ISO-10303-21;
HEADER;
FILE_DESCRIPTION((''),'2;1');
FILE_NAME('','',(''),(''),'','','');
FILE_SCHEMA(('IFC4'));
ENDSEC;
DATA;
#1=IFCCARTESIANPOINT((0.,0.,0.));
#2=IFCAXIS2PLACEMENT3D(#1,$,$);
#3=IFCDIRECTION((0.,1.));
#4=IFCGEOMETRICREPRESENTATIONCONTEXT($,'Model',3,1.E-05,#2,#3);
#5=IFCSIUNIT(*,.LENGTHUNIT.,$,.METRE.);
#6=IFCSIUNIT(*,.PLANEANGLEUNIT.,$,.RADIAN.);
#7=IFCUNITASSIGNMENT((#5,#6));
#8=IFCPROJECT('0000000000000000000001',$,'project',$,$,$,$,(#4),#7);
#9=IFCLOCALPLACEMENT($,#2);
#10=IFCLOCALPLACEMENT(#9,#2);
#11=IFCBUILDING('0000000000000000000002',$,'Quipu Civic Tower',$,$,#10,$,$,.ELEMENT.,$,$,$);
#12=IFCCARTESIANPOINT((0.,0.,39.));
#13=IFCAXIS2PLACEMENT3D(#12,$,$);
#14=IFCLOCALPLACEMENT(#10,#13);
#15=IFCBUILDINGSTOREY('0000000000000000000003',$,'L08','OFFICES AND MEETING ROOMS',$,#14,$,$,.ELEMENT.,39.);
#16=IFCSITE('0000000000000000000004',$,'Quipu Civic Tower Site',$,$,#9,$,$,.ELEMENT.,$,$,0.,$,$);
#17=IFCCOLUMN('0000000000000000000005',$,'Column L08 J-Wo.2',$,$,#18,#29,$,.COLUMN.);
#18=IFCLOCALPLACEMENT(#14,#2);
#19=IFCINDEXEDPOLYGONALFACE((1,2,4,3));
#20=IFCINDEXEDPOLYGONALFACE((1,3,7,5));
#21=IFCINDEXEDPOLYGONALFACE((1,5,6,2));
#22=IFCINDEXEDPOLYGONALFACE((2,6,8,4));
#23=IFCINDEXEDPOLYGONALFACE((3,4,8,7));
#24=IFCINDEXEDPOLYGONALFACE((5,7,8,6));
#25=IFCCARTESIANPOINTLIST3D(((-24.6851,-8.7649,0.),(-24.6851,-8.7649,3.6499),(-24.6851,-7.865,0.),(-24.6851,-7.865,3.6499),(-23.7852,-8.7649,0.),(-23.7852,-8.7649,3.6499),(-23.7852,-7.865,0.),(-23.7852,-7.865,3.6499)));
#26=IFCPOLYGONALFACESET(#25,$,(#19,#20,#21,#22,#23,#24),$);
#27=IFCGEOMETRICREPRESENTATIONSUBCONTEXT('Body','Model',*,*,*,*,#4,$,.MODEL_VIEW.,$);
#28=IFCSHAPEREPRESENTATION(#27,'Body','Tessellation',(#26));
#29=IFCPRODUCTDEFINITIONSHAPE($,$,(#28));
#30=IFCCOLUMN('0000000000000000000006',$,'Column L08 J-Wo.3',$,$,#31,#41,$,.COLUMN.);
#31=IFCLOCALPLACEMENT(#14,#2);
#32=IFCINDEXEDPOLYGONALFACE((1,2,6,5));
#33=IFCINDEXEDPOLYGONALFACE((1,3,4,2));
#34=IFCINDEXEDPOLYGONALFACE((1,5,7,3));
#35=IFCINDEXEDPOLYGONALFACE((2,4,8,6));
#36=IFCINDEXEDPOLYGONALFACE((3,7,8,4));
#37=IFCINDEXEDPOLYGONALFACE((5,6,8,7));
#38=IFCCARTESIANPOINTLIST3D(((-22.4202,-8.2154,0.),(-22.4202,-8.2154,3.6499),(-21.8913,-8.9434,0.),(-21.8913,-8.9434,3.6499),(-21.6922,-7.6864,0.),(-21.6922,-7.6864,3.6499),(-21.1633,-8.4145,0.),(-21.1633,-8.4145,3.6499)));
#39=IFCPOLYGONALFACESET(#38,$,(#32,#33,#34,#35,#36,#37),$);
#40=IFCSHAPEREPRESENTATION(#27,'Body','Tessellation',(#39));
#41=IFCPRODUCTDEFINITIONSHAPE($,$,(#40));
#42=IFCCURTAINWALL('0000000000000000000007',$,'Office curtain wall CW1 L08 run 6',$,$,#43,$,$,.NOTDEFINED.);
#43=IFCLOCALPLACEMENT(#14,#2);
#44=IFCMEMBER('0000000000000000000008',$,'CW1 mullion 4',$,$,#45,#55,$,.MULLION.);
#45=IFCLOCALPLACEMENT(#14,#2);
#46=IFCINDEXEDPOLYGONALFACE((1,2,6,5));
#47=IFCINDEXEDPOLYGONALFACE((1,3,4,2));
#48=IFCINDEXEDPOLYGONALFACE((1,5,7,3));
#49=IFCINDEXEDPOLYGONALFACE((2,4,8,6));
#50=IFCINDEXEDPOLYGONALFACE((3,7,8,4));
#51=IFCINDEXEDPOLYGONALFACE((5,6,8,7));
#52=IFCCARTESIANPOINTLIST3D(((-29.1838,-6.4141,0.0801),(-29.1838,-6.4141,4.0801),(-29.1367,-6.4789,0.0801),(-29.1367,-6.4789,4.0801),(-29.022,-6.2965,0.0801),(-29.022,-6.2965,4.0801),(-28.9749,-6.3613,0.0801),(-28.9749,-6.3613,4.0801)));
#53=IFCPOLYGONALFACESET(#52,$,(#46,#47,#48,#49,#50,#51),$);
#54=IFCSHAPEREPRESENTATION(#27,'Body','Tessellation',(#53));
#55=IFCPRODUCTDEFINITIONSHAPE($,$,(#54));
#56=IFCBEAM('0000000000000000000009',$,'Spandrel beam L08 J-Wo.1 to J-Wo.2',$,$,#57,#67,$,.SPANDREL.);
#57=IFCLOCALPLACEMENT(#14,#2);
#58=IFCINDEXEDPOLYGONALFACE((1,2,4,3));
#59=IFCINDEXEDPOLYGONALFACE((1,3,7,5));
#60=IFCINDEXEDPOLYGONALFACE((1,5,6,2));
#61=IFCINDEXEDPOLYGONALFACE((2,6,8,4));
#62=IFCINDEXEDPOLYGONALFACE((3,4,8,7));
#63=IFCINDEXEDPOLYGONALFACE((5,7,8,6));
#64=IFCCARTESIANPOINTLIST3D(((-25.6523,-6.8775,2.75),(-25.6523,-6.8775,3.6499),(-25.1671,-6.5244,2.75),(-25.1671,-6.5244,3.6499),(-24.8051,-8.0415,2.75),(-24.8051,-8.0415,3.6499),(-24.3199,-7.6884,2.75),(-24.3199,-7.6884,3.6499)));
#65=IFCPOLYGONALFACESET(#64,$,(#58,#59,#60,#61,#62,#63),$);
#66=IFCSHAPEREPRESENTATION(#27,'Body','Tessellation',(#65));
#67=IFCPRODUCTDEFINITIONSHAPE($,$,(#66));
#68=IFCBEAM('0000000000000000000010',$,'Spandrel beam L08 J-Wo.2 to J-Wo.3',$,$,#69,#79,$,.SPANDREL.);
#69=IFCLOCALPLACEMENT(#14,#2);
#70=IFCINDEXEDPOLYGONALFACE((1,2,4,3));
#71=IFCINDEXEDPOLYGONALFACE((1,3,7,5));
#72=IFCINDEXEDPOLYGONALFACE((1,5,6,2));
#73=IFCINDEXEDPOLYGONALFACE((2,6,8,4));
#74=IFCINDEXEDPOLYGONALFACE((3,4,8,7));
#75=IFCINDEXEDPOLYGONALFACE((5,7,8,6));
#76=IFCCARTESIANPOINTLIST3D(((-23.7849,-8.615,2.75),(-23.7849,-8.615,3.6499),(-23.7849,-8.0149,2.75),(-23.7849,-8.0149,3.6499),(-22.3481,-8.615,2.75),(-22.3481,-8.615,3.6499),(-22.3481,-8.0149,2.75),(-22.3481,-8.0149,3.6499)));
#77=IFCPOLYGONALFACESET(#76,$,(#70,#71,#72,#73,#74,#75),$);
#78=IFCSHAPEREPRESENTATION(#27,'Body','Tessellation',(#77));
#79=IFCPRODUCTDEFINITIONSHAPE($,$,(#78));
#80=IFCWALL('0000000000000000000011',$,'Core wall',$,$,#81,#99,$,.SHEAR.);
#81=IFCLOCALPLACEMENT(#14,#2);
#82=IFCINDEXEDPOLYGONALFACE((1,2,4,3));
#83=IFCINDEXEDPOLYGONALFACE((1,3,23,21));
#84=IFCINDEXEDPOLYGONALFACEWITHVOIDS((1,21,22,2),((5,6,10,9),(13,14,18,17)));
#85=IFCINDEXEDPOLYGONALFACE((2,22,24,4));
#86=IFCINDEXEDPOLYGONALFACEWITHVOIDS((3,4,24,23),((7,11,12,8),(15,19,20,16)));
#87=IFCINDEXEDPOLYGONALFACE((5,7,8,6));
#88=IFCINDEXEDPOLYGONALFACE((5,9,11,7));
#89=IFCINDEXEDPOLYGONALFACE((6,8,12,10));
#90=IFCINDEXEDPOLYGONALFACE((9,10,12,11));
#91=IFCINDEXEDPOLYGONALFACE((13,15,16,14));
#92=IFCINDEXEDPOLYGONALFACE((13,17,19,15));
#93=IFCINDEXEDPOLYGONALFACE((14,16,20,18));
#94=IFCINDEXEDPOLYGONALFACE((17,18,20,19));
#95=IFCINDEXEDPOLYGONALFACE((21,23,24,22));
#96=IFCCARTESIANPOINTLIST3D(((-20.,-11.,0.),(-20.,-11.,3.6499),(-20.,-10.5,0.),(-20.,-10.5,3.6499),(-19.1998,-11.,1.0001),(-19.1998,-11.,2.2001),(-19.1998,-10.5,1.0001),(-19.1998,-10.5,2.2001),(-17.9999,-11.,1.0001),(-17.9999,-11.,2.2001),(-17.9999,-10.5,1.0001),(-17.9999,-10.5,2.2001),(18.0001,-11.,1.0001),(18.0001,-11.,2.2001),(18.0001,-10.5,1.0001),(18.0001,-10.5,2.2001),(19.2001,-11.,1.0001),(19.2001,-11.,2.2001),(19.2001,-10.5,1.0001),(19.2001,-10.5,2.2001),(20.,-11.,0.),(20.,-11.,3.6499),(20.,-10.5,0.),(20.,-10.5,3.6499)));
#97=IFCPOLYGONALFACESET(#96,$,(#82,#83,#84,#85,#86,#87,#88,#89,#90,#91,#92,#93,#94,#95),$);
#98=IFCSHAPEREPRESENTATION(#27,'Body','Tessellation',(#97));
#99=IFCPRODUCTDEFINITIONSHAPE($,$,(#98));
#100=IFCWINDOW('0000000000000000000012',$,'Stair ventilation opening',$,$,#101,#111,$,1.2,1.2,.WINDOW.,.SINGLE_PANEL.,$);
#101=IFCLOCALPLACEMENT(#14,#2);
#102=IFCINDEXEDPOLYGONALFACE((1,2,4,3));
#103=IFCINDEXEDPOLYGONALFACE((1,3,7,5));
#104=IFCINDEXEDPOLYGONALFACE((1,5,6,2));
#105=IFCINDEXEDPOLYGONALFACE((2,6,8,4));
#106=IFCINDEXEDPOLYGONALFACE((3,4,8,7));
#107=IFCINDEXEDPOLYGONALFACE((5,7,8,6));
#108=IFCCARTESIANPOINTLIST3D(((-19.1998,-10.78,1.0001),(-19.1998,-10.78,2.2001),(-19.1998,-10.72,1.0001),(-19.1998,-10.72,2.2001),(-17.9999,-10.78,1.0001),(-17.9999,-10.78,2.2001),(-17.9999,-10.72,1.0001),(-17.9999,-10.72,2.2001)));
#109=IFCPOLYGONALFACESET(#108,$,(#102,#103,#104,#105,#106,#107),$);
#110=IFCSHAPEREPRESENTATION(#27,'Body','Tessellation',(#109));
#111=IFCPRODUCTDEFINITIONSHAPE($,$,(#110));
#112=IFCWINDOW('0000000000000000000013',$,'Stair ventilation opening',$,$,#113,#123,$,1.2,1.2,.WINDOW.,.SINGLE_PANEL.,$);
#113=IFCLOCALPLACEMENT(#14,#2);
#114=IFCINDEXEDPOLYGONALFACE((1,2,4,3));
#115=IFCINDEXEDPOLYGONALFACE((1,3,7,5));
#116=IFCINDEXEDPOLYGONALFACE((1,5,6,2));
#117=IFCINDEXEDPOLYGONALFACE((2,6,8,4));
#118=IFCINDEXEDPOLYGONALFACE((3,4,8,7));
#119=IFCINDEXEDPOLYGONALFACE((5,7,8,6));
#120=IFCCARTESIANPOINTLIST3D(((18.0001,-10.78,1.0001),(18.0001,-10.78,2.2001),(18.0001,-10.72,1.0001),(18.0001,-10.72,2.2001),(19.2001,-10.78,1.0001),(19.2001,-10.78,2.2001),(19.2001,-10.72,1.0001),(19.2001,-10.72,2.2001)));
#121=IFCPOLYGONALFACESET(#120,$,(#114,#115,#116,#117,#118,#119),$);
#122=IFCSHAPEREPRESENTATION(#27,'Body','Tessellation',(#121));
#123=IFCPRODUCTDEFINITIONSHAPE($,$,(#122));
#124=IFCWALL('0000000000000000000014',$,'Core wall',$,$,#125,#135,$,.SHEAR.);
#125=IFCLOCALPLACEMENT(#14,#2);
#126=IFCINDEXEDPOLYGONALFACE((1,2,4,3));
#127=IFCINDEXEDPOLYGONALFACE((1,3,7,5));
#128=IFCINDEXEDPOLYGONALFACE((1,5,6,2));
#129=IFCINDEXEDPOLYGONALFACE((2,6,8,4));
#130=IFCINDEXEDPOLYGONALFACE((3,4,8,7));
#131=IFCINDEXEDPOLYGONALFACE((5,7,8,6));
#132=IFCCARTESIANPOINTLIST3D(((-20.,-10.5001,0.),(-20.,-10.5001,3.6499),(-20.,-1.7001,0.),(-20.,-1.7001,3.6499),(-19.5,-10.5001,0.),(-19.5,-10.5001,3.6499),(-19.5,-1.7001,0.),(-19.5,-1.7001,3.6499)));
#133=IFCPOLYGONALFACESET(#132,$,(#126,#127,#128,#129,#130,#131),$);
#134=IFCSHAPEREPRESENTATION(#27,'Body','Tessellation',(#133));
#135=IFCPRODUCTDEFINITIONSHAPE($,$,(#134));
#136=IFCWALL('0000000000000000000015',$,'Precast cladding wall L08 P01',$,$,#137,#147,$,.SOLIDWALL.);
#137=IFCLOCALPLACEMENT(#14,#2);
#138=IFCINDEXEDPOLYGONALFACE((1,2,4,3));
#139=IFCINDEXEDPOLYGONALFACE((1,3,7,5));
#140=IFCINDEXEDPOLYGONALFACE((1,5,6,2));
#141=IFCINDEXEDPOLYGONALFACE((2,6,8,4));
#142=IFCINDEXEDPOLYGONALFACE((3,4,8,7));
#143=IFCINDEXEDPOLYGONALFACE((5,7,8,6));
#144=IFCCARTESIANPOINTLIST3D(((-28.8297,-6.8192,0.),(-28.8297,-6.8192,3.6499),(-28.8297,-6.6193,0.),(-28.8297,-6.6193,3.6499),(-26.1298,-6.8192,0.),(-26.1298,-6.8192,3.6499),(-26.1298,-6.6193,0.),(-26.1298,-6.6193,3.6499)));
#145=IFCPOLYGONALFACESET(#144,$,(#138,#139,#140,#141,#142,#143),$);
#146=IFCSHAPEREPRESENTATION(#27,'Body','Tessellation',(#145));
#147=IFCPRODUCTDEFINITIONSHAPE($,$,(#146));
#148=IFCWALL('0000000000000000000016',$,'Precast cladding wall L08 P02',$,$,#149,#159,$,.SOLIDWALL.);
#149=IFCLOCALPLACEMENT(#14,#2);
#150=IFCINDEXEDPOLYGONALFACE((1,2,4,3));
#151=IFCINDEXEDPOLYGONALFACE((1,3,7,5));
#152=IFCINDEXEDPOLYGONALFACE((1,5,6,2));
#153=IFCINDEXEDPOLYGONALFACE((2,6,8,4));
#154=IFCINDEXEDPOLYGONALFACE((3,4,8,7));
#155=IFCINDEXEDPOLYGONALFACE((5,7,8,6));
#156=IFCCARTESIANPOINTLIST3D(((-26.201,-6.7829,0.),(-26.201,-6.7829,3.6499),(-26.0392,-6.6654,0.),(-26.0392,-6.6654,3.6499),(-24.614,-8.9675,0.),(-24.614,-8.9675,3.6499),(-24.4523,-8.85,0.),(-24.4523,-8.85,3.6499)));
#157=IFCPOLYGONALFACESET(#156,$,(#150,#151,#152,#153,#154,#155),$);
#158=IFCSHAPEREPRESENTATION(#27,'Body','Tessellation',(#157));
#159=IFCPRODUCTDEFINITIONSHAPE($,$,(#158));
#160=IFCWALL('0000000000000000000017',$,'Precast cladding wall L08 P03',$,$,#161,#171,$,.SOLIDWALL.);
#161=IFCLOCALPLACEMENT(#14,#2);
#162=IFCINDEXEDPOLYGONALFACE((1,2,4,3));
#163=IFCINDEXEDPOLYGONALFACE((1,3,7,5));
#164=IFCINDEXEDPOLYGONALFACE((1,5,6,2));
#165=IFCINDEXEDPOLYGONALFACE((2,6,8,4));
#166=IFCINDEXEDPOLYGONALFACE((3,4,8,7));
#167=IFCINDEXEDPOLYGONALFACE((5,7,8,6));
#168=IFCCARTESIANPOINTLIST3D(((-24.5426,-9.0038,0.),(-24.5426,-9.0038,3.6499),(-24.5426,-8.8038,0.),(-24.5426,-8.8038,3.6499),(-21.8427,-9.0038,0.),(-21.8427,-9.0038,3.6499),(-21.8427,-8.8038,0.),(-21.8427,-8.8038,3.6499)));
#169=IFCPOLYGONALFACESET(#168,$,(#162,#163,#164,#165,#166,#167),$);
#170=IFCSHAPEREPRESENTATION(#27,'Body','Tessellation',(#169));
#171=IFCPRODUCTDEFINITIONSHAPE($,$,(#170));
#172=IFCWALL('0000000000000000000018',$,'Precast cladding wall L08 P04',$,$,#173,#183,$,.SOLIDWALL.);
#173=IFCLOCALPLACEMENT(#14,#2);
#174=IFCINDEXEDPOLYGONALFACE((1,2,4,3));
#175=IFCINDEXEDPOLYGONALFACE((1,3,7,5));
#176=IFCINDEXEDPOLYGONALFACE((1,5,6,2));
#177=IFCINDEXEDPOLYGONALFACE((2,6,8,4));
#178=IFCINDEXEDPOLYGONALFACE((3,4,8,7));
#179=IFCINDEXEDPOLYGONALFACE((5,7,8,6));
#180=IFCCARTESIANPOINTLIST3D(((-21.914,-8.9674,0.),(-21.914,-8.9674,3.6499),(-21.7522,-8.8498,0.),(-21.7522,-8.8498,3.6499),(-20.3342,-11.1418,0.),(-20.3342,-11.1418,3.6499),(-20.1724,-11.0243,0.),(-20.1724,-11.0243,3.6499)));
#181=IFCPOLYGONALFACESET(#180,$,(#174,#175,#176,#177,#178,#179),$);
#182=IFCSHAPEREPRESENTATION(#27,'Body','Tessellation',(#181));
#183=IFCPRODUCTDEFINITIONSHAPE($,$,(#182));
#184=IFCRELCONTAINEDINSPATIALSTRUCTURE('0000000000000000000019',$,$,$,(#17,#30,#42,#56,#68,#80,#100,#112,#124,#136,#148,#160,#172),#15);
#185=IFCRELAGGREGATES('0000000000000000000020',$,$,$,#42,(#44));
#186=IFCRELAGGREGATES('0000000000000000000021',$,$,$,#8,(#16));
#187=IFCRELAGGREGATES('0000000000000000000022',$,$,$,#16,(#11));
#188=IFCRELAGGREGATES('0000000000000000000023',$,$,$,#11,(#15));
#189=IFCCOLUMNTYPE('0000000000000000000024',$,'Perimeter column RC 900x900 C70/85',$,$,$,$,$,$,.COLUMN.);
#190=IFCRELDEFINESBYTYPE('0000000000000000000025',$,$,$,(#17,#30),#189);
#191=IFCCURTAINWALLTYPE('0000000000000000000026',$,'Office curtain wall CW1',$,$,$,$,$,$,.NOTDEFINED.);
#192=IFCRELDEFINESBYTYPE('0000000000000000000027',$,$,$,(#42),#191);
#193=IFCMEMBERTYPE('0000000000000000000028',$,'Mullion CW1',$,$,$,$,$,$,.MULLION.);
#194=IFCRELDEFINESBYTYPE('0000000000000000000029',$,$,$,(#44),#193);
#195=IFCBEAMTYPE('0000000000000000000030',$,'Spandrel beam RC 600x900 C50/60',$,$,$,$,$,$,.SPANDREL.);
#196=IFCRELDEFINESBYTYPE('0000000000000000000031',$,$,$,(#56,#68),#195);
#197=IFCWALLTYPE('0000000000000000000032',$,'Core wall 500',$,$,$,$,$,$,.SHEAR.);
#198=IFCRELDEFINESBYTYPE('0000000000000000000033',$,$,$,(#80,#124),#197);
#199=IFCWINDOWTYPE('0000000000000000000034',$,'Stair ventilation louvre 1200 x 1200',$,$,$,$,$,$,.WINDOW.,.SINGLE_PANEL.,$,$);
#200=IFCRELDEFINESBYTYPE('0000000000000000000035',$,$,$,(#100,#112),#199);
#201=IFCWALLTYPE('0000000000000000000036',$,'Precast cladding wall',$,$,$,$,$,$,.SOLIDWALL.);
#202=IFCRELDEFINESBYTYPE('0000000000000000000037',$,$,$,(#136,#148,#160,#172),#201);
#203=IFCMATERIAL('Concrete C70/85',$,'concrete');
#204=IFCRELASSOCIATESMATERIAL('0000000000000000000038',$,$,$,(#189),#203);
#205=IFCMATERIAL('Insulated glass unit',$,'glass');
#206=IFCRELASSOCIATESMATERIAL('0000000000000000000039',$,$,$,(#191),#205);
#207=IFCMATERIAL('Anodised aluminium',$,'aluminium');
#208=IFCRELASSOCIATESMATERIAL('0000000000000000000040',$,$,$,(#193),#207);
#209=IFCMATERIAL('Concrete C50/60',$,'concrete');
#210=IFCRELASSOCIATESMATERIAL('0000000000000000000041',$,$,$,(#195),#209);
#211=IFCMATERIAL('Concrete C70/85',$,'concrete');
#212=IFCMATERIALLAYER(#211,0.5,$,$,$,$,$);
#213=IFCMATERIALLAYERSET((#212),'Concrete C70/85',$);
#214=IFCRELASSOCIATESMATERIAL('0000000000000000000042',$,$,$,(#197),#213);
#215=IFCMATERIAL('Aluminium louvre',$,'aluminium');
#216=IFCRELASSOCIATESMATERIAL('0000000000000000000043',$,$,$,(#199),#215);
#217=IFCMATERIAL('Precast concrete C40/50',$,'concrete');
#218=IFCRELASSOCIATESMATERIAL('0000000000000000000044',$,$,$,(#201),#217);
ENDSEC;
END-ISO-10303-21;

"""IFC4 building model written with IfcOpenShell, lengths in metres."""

from ifc_helpers import new_model, si_unit, direction, frame, frame_2d, origin, origin_2d, place, context, subcontext, project, spatial, rectangle, extrude, material, layer, layer_set, material_profile, profile_set, type_object, element, fill, aggregate, save


model = new_model("IFC4")

# Units and contexts
model_context = context("Model", 3, precision=1e-05, world=origin(), true_north=direction((0.0, 1.0)))
body_context = subcontext(model_context, "Body", "Model", "MODEL_VIEW")
ifc_project = project(units=[si_unit("LENGTHUNIT", "METRE"), si_unit("PLANEANGLEUNIT", "RADIAN")], contexts=[model_context])

# Site, building, storey
site_placement = place(None, origin())
site = spatial("IfcSite", under=ifc_project, at=site_placement, Name="Quipu Civic Tower Site", CompositionType="ELEMENT", RefElevation=0.0)
building_placement = place(site_placement, origin())
building = spatial("IfcBuilding", under=site, at=building_placement, Name="Quipu Civic Tower", CompositionType="ELEMENT")
storey_placement = place(building_placement, frame((0.0, 0.0, 39.0)))
storey = spatial("IfcBuildingStorey", under=building, at=storey_placement, Name="L08", Description="OFFICES AND MEETING ROOMS", CompositionType="ELEMENT", Elevation=39.0)

# Columns
ifc_material_1 = material(Name="Concrete C70/85", Category="concrete")
ifc_material_profile_1 = material_profile(ifc_material_1, rectangle(XDim=0.8999, YDim=0.8999, at=origin_2d()), Name="RC900x900")
ifc_profile_set_1 = profile_set([ifc_material_profile_1], Name="Concrete C70/85")
column_type = type_object("IfcColumnType", Name="Perimeter column RC 900x900 C70/85", PredefinedType="COLUMN", material=ifc_profile_set_1)
for number, where, z_axis, x_axis, name in (
    (1, (-24.2351, -8.3149, 0.0), (0.0, 0.0, 1.0), (1.0, 0.0, 0.0), "Column L08 J-Wo.2"),
    (2, (-21.7917, -8.3149, 0.0), (0.0, 0.0, 1.0), (0.587785, -0.809017, 0.0), "Column L08 J-Wo.3"),
):
    element("IfcColumn", number, at=place(storey_placement, frame(where, z_axis=z_axis, x_axis=x_axis)), inside=storey, type_object=column_type, Name=name, PredefinedType="COLUMN", context=body_context, shape_type="SweptSolid", body=[
        extrude(rectangle(XDim=0.8999, YDim=0.8999, at=origin_2d()), origin(), (0.0, 0.0, 1.0), 3.6499),
    ])

# Curtain wall, member
ifc_material_2 = material(Name="Insulated glass unit", Category="glass")
curtain_wall_type = type_object("IfcCurtainWallType", Name="Office curtain wall CW1", PredefinedType="NOTDEFINED", material=ifc_material_2)
curtain_wall_placement = place(storey_placement, origin())
curtain_wall = element("IfcCurtainWall", 3, at=curtain_wall_placement, inside=storey, type_object=curtain_wall_type, Name="Office curtain wall CW1 L08 run 6", PredefinedType="NOTDEFINED")
ifc_material_3 = material(Name="Anodised aluminium", Category="aluminium")
ifc_material_profile_2 = material_profile(ifc_material_3, rectangle(XDim=0.2, YDim=0.0801, at=origin_2d()), Name="RECT 200x80")
ifc_profile_set_2 = profile_set([ifc_material_profile_2], Name="Anodised aluminium")
member_type = type_object("IfcMemberType", Name="Mullion CW1", PredefinedType="MULLION", material=ifc_profile_set_2)
member_placement = place(storey_placement, frame((-29.0793, -6.3877, 0.0801), z_axis=(0.0, 0.0, 1.0), x_axis=(0.809016, 0.587787, 0.0)))
member = element("IfcMember", 4, at=member_placement, type_object=member_type, Name="CW1 mullion 4", PredefinedType="MULLION", context=body_context, shape_type="SweptSolid", body=[
    extrude(rectangle(XDim=0.2, YDim=0.0801, at=origin_2d()), origin(), (0.0, 0.0, 1.0), 4.0),
])
aggregate(curtain_wall, [member])

# Beams
ifc_material_4 = material(Name="Concrete C50/60", Category="concrete")
ifc_material_profile_3 = material_profile(ifc_material_4, rectangle(XDim=0.6001, YDim=0.8999, at=origin_2d()), Name="RC600x900")
ifc_profile_set_3 = profile_set([ifc_material_profile_3], Name="Concrete C50/60")
beam_type = type_object("IfcBeamType", Name="Spandrel beam RC 600x900 C50/60", PredefinedType="SPANDREL", material=ifc_profile_set_3)
beam_1_placement = place(storey_placement, frame((-25.4097, -6.7009, 3.2), z_axis=(0.588434, -0.808545, 0.0), x_axis=(0.808545, 0.588434, 0.0)))
element("IfcBeam", 5, at=beam_1_placement, inside=storey, type_object=beam_type, Name="Spandrel beam L08 J-Wo.1 to J-Wo.2", PredefinedType="SPANDREL", context=body_context, shape_type="SweptSolid", body=[
    extrude(rectangle(XDim=0.6001, YDim=0.8999, at=origin_2d()), origin(), (0.0, 0.0, 1.0), 1.4397),
])
beam_2_placement = place(storey_placement, frame((-23.7849, -8.3149, 3.2), z_axis=(1.0, 0.0, 0.0), x_axis=(0.0, 1.0, 0.0)))
element("IfcBeam", 6, at=beam_2_placement, inside=storey, type_object=beam_type, Name="Spandrel beam L08 J-Wo.2 to J-Wo.3", PredefinedType="SPANDREL", context=body_context, shape_type="SweptSolid", body=[
    extrude(rectangle(XDim=0.6001, YDim=0.8999, at=origin_2d()), origin(), (0.0, 0.0, 1.0), 1.4368),
])

# Wall, openings, windows
ifc_material_5 = material(Name="Concrete C70/85", Category="concrete")
ifc_layer = layer(ifc_material_5, 0.5)
ifc_layer_set = layer_set([ifc_layer], Name="Concrete C70/85")
wall_type_1 = type_object("IfcWallType", Name="Core wall 500", PredefinedType="SHEAR", material=ifc_layer_set)
wall_1_placement = place(storey_placement, frame((-20.0, -10.75, 0.0), z_axis=(0.0, 0.0, 1.0), x_axis=(1.0, 0.0, 0.0)))
wall_1 = element("IfcWall", 7, at=wall_1_placement, inside=storey, type_object=wall_type_1, Name="Core wall", PredefinedType="SHEAR", context=body_context, shape_type="SweptSolid", body=[
    extrude(rectangle(XDim=40.0, YDim=0.5, at=frame_2d((20.0, 0.0))), origin(), (0.0, 0.0, 1.0), 3.6499),
])
opening_1_placement = place(wall_1_placement, frame((0.8, 0.0, 1.0)))
opening_1 = element("IfcOpeningElement", 8, at=opening_1_placement, cuts=wall_1, PredefinedType="OPENING", context=body_context, shape_type="SweptSolid", body=[
    extrude(rectangle(XDim=1.2, YDim=1.2, at=frame_2d((0.6001, 0.6001))), frame((0.0, 0.26, 0.0), z_axis=(0.0, -1.0, 0.0), x_axis=(1.0, 0.0, 0.0)), (0.0, 0.0, 1.0), 0.52),
])
opening_2_placement = place(wall_1_placement, frame((38.0, 0.0, 1.0)))
opening_2 = element("IfcOpeningElement", 9, at=opening_2_placement, cuts=wall_1, PredefinedType="OPENING", context=body_context, shape_type="SweptSolid", body=[
    extrude(rectangle(XDim=1.2, YDim=1.2, at=frame_2d((0.6001, 0.6001))), frame((0.0, 0.26, 0.0), z_axis=(0.0, -1.0, 0.0), x_axis=(1.0, 0.0, 0.0)), (0.0, 0.0, 1.0), 0.52),
])
ifc_material_6 = material(Name="Aluminium louvre", Category="aluminium")
window_type = type_object("IfcWindowType", Name="Stair ventilation louvre 1200 x 1200", PartitioningType="SINGLE_PANEL", PredefinedType="WINDOW", material=ifc_material_6)
window_1_placement = place(opening_1_placement, origin())
window_1 = element("IfcWindow", 10, at=window_1_placement, inside=storey, type_object=window_type, Name="Stair ventilation opening", OverallHeight=1.2, OverallWidth=1.2, PartitioningType="SINGLE_PANEL", PredefinedType="WINDOW", context=body_context, shape_type="SweptSolid", body=[
    extrude(rectangle(XDim=1.2, YDim=1.2, at=frame_2d((0.6001, 0.6001))), frame((0.0, 0.03, 0.0), z_axis=(0.0, -1.0, 0.0), x_axis=(1.0, 0.0, 0.0)), (0.0, 0.0, 1.0), 0.0601),
])
fill(opening_1, window_1)
window_2_placement = place(opening_2_placement, origin())
window_2 = element("IfcWindow", 11, at=window_2_placement, inside=storey, type_object=window_type, Name="Stair ventilation opening", OverallHeight=1.2, OverallWidth=1.2, PartitioningType="SINGLE_PANEL", PredefinedType="WINDOW", context=body_context, shape_type="SweptSolid", body=[
    extrude(rectangle(XDim=1.2, YDim=1.2, at=frame_2d((0.6001, 0.6001))), frame((0.0, 0.03, 0.0), z_axis=(0.0, -1.0, 0.0), x_axis=(1.0, 0.0, 0.0)), (0.0, 0.0, 1.0), 0.0601),
])
fill(opening_2, window_2)

# Walls
wall_2_placement = place(storey_placement, frame((-19.75, -10.5, 0.0), z_axis=(0.0, 0.0, 1.0), x_axis=(0.0, 1.0, 0.0)))
element("IfcWall", 12, at=wall_2_placement, inside=storey, type_object=wall_type_1, Name="Core wall", PredefinedType="SHEAR", context=body_context, shape_type="SweptSolid", body=[
    extrude(rectangle(XDim=8.8, YDim=0.5, at=frame_2d((4.3999, 0.0))), origin(), (0.0, 0.0, 1.0), 3.6499),
])
ifc_material_7 = material(Name="Precast concrete C40/50", Category="concrete")
wall_type_2 = type_object("IfcWallType", Name="Precast cladding wall", PredefinedType="SOLIDWALL", material=ifc_material_7)
wall_3_placement = place(storey_placement, frame((-28.8298, -6.7192, 0.0), z_axis=(0.0, 0.0, 1.0), x_axis=(1.0, 0.0, 0.0)))
element("IfcWall", 13, at=wall_3_placement, inside=storey, type_object=wall_type_2, Name="Precast cladding wall L08 P01", PredefinedType="SOLIDWALL", context=body_context, shape_type="SweptSolid", body=[
    extrude(rectangle(XDim=2.7, YDim=0.2, at=frame_2d((1.3501, 0.0))), origin(), (0.0, 0.0, 1.0), 3.6499),
])
wall_4_placement = place(storey_placement, frame((-26.1201, -6.7241, 0.0), z_axis=(0.0, 0.0, 1.0), x_axis=(0.58772, -0.809064, 0.0)))
element("IfcWall", 14, at=wall_4_placement, inside=storey, type_object=wall_type_2, Name="Precast cladding wall L08 P02", PredefinedType="SOLIDWALL", context=body_context, shape_type="SweptSolid", body=[
    extrude(rectangle(XDim=2.7002, YDim=0.2, at=frame_2d((1.3501, 0.0))), origin(), (0.0, 0.0, 1.0), 3.6499),
])
wall_5_placement = place(storey_placement, frame((-24.5427, -8.9038, 0.0), z_axis=(0.0, 0.0, 1.0), x_axis=(1.0, 0.0, 0.0)))
element("IfcWall", 15, at=wall_5_placement, inside=storey, type_object=wall_type_2, Name="Precast cladding wall L08 P03", PredefinedType="SOLIDWALL", context=body_context, shape_type="SweptSolid", body=[
    extrude(rectangle(XDim=2.7, YDim=0.2, at=frame_2d((1.3501, 0.0))), origin(), (0.0, 0.0, 1.0), 3.6499),
])
wall_6_placement = place(storey_placement, frame((-21.833, -8.9087, 0.0), z_axis=(0.0, 0.0, 1.0), x_axis=(0.587767, -0.809031, 0.0)))
element("IfcWall", 16, at=wall_6_placement, inside=storey, type_object=wall_type_2, Name="Precast cladding wall L08 P04", PredefinedType="SOLIDWALL", context=body_context, shape_type="SweptSolid", body=[
    extrude(rectangle(XDim=2.6877, YDim=0.2, at=frame_2d((1.3438, 0.0))), origin(), (0.0, 0.0, 1.0), 3.6499),
])

save(model, "model.ifc")
